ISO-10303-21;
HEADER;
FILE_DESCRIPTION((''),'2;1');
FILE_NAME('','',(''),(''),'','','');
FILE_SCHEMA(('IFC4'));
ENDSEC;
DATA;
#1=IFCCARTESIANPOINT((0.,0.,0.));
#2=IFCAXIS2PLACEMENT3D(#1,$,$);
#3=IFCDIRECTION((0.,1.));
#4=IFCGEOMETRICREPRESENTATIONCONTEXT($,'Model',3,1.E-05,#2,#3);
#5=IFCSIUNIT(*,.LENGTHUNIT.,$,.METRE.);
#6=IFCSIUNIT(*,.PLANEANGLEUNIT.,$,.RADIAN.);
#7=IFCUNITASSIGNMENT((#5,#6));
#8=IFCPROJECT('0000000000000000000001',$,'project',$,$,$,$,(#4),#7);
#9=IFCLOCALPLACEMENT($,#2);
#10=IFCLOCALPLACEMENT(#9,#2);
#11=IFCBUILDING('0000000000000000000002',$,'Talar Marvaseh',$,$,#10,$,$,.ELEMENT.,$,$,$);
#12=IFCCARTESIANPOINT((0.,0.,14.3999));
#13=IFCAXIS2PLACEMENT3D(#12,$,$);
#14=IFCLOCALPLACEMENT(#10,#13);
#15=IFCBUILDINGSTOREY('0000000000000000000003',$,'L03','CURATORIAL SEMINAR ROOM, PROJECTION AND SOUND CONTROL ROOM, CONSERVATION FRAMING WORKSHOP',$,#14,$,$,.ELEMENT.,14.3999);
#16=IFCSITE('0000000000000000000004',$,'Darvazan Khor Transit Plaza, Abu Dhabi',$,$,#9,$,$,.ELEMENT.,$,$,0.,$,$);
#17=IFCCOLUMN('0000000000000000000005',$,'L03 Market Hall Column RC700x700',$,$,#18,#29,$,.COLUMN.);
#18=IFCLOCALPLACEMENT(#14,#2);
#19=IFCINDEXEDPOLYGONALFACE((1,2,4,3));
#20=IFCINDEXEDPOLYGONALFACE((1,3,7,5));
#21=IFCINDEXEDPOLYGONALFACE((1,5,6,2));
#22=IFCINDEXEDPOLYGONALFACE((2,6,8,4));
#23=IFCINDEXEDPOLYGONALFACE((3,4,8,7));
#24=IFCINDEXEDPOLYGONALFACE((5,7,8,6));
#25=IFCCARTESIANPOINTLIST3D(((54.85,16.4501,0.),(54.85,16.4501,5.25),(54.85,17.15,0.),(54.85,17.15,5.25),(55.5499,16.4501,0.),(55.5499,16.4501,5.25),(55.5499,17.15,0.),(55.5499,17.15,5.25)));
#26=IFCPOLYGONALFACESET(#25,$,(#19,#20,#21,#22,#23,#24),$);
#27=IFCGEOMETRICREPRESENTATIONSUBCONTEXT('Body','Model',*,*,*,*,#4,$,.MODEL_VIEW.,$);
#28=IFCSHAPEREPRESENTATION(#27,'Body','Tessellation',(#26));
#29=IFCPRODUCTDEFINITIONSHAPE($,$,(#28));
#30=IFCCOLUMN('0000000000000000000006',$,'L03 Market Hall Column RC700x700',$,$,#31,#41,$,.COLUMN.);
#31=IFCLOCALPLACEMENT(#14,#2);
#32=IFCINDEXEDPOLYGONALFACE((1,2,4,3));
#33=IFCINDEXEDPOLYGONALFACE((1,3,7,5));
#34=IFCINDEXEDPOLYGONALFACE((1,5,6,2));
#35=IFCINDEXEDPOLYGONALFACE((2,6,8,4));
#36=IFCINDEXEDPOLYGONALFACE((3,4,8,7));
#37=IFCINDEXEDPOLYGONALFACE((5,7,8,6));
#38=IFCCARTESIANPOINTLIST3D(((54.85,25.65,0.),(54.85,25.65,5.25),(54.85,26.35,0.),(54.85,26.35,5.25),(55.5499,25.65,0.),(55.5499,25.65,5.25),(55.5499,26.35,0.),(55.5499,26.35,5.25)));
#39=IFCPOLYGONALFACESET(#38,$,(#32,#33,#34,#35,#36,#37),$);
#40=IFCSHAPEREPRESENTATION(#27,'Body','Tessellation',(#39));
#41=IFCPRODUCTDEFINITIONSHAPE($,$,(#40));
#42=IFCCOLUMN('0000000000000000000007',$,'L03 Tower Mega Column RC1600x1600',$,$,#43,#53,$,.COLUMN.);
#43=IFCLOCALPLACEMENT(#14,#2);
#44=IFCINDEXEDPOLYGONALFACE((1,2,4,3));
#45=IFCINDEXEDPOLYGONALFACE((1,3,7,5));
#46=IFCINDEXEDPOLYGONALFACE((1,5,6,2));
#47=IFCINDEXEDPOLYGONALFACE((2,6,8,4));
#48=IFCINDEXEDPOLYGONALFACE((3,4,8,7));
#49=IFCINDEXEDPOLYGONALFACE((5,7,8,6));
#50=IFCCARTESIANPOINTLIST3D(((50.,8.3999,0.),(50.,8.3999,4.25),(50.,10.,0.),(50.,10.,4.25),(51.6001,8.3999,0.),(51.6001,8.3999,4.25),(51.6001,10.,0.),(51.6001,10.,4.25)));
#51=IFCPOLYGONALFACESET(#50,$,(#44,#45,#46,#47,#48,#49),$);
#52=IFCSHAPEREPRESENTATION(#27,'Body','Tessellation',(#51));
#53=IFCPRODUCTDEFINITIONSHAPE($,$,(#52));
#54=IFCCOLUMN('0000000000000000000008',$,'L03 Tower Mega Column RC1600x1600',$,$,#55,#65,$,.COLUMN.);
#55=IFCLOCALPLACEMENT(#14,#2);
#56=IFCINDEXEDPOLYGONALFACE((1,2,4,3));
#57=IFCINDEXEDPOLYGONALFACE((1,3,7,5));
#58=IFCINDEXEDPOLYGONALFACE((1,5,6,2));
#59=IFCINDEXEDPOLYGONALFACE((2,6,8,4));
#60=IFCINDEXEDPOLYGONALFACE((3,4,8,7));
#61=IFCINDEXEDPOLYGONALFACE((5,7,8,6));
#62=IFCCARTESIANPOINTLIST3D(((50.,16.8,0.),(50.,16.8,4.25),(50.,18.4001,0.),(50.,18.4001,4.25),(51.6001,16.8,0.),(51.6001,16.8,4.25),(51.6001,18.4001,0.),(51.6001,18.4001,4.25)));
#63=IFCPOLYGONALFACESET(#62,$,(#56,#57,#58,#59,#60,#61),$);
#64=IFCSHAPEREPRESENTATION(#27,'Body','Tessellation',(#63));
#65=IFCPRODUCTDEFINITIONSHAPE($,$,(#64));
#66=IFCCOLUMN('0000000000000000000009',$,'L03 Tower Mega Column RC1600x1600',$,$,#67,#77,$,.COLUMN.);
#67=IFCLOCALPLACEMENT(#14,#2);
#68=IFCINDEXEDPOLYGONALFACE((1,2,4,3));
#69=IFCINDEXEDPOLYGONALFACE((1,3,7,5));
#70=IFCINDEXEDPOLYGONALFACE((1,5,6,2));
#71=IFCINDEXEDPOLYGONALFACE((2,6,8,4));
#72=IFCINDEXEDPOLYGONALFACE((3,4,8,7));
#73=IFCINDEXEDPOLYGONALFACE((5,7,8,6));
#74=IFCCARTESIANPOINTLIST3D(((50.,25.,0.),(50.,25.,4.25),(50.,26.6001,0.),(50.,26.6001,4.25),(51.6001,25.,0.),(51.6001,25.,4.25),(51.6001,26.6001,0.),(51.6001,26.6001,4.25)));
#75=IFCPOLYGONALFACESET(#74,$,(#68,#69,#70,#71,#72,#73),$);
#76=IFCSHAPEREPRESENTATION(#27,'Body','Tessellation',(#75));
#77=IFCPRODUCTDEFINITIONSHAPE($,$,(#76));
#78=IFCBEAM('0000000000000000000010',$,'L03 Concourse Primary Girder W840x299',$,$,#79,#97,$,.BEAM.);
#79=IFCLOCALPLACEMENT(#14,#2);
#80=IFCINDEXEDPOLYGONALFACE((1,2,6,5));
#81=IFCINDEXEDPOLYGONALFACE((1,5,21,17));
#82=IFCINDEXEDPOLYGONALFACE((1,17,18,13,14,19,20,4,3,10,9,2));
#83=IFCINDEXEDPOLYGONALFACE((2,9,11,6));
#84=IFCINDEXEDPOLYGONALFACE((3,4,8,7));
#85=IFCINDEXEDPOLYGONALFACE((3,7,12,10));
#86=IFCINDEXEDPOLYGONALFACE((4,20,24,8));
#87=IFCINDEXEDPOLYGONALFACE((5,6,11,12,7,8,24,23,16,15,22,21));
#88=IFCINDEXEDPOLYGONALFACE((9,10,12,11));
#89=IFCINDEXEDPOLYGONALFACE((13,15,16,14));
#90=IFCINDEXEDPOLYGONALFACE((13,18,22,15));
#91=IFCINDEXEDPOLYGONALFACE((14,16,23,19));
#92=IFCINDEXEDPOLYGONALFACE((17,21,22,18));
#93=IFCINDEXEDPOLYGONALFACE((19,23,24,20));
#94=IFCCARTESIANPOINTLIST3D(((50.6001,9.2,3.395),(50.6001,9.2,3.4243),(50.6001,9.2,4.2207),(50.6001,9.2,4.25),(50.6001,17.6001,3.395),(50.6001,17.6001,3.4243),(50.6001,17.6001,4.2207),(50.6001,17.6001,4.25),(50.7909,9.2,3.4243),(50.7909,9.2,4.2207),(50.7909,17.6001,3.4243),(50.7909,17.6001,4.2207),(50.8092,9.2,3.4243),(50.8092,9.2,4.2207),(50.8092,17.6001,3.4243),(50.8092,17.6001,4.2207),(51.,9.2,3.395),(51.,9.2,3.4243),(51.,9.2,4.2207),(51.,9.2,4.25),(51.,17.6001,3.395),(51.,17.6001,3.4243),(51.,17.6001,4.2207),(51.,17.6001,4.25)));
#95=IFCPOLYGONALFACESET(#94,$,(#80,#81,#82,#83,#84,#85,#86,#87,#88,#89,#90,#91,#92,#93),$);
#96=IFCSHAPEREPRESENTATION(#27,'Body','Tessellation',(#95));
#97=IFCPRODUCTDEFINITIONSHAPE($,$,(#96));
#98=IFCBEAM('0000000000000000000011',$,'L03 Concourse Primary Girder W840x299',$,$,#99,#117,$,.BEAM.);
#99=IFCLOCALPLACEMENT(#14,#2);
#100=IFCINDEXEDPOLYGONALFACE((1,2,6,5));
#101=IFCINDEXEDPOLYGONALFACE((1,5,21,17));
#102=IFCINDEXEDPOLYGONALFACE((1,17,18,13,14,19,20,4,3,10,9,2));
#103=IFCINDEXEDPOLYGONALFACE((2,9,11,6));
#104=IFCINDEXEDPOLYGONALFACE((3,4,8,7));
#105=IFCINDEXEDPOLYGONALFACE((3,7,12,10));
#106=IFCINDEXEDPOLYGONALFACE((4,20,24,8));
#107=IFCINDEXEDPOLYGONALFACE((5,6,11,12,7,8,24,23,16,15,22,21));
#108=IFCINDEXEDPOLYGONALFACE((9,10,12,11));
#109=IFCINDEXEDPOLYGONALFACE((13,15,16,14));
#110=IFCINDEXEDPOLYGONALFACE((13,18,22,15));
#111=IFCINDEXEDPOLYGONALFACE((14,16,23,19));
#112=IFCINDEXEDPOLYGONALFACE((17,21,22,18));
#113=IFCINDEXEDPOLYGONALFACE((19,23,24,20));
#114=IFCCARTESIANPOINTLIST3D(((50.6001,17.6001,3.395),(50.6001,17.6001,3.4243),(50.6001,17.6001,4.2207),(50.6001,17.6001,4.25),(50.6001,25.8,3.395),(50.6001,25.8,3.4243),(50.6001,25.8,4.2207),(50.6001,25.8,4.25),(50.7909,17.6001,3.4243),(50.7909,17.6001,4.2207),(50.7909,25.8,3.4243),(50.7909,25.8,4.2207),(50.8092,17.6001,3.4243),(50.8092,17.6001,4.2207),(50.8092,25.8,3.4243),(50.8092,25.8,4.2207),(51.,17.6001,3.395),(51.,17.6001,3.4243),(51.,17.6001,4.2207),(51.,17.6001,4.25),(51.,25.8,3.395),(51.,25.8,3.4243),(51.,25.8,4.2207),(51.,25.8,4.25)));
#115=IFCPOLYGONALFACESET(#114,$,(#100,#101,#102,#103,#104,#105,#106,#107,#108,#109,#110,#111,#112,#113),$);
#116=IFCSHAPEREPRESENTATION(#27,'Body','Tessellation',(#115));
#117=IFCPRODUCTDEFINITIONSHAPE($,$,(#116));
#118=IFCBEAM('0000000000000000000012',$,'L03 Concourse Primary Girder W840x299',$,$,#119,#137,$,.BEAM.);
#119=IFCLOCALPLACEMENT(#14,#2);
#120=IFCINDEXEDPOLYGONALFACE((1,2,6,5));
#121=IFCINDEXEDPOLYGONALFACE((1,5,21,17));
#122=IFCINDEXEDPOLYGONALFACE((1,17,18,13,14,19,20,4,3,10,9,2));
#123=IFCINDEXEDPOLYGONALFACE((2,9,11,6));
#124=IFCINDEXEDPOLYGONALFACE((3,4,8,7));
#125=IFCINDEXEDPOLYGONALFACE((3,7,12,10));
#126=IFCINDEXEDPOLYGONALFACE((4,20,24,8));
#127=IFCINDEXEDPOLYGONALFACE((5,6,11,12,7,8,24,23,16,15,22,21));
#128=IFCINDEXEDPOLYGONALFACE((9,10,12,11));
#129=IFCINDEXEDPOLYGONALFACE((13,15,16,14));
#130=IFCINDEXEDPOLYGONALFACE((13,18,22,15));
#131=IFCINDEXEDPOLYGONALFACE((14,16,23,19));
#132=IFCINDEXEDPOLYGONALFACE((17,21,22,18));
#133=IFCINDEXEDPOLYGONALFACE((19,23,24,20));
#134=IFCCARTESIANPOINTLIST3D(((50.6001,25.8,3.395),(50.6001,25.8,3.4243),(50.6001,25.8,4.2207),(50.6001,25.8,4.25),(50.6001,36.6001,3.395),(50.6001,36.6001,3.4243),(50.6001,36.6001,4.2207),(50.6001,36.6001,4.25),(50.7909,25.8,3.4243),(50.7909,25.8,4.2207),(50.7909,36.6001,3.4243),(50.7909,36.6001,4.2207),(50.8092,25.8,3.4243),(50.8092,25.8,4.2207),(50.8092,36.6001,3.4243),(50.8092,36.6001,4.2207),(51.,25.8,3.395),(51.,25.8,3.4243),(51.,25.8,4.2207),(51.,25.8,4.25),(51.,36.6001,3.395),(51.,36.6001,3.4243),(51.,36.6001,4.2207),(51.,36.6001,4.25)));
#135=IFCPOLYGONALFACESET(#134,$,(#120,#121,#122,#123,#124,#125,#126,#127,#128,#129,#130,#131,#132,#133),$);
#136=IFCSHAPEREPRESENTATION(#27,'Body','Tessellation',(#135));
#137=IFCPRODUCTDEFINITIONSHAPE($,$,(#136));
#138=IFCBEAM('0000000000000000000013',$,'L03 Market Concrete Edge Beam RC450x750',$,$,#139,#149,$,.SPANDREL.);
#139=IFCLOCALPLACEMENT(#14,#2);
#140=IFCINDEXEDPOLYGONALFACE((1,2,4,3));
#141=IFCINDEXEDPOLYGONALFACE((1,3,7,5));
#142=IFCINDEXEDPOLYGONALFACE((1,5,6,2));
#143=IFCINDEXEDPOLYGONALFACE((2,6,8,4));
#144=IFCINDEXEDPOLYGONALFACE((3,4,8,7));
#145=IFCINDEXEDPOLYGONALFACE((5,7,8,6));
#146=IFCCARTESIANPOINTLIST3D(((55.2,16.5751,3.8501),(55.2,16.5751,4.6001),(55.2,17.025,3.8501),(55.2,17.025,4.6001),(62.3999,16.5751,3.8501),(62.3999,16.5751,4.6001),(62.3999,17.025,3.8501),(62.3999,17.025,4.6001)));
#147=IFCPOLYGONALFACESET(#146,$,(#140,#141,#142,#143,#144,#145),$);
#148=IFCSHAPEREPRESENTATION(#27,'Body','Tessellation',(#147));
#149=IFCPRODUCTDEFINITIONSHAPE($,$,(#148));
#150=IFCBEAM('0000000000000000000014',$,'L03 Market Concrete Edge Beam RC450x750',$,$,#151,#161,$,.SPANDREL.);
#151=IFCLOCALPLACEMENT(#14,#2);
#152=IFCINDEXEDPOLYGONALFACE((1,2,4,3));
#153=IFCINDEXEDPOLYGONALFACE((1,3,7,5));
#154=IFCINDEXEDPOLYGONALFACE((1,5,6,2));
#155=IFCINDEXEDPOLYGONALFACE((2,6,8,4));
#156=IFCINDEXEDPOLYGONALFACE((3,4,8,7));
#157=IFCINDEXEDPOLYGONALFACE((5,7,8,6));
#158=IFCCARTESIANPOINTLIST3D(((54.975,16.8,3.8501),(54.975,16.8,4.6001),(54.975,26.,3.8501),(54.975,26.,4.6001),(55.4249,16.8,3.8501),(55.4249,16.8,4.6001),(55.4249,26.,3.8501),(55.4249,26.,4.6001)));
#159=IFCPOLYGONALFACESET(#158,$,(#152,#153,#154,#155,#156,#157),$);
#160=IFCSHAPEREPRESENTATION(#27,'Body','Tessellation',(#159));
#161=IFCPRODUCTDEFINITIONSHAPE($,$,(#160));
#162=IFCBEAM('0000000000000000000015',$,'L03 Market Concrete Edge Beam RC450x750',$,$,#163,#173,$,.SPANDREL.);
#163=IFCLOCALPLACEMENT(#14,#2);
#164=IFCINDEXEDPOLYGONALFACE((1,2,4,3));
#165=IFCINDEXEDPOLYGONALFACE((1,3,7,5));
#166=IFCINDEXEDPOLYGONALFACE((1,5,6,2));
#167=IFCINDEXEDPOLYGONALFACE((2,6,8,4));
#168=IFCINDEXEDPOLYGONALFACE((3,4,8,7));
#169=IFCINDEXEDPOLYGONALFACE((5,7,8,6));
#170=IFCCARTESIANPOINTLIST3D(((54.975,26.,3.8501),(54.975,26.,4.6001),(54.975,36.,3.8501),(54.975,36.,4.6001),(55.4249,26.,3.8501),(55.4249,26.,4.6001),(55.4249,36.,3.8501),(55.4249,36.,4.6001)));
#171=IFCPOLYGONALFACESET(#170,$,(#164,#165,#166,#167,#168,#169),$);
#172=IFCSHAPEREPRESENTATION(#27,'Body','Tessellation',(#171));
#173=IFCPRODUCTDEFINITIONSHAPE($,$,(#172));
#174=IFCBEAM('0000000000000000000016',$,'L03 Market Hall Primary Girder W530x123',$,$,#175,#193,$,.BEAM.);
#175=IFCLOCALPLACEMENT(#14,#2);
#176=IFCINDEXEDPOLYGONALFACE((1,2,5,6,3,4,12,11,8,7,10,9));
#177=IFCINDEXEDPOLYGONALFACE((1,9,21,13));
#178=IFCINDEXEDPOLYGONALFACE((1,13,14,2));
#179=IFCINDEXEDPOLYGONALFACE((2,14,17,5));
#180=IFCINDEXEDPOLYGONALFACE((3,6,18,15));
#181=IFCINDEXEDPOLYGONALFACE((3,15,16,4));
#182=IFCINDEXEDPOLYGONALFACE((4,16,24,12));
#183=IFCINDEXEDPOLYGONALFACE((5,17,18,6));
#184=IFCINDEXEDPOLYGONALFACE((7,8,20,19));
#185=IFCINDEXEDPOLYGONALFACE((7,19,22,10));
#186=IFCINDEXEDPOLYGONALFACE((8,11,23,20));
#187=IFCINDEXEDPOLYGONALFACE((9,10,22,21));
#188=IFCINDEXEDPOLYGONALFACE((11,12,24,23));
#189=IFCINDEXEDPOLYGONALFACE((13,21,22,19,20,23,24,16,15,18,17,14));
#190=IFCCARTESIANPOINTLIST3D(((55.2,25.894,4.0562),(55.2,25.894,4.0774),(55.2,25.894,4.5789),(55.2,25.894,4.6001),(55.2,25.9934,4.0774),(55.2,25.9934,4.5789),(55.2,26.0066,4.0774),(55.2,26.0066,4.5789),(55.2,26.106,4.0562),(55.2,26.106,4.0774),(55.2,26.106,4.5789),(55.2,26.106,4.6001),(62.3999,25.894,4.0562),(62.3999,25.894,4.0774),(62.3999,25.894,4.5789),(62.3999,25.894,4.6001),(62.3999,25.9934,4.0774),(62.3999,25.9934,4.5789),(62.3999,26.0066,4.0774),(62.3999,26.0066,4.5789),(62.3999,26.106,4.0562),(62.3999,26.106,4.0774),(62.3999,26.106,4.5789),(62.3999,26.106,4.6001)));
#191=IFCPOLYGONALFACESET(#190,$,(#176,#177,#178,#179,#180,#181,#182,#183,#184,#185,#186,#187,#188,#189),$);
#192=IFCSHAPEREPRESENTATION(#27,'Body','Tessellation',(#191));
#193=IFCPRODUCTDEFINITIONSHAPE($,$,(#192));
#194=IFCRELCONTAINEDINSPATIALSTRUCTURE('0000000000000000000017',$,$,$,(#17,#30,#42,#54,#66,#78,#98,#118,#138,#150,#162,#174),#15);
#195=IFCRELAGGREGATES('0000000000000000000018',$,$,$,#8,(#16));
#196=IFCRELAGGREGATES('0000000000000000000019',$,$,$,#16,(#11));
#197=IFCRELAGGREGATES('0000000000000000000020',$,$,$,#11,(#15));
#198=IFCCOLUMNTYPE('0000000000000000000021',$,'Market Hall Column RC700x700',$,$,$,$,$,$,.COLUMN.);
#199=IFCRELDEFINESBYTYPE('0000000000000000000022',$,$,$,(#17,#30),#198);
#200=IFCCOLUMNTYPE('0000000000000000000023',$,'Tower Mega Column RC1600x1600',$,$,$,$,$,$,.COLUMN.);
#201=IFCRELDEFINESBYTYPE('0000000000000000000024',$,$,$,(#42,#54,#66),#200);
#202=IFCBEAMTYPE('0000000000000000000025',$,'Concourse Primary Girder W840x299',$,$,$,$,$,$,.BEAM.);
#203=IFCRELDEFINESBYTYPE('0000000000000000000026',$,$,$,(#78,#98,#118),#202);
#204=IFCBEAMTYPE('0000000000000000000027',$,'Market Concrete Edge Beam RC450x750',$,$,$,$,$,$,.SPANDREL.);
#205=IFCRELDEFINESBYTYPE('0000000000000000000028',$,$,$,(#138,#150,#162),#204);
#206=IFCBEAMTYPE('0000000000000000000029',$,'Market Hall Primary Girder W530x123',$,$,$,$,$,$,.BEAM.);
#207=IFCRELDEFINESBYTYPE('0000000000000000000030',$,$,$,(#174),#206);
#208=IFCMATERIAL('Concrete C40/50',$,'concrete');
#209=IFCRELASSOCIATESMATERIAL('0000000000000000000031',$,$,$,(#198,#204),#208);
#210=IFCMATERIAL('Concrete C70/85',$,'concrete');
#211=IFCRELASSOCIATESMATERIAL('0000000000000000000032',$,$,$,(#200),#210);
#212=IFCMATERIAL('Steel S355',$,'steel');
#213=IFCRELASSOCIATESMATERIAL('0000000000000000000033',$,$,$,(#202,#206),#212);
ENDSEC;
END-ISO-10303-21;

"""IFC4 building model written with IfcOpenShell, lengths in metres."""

from ifc_helpers import new_model, si_unit, direction, frame, origin, origin_2d, place, context, subcontext, project, spatial, rectangle, i_section, extrude, material, material_profile, profile_set, type_object, element, save


model = new_model("IFC4")

# Units and contexts
model_context = context("Model", 3, precision=1e-05, world=origin(), true_north=direction((0.0, 1.0)))
body_context = subcontext(model_context, "Body", "Model", "MODEL_VIEW")
ifc_project = project(units=[si_unit("LENGTHUNIT", "METRE"), si_unit("PLANEANGLEUNIT", "RADIAN")], contexts=[model_context])

# Site, building, storey
site_placement = place(None, origin())
site = spatial("IfcSite", under=ifc_project, at=site_placement, Name="Darvazan Khor Transit Plaza, Abu Dhabi", CompositionType="ELEMENT", RefElevation=0.0)
building_placement = place(site_placement, origin())
building = spatial("IfcBuilding", under=site, at=building_placement, Name="Talar Marvaseh", CompositionType="ELEMENT")
storey_placement = place(building_placement, frame((0.0, 0.0, 14.3999)))
storey = spatial("IfcBuildingStorey", under=building, at=storey_placement, Name="L03", Description="CURATORIAL SEMINAR ROOM, PROJECTION AND SOUND CONTROL ROOM, CONSERVATION FRAMING WORKSHOP", CompositionType="ELEMENT", Elevation=14.3999)

# Columns
ifc_material_1 = material(Name="Concrete C40/50", Category="concrete")
ifc_material_profile_1 = material_profile(ifc_material_1, rectangle(XDim=0.7, YDim=0.7, at=origin_2d()), Name="RC700x700")
ifc_profile_set_1 = profile_set([ifc_material_profile_1], Name="Concrete C40/50")
column_type_1 = type_object("IfcColumnType", Name="Market Hall Column RC700x700", PredefinedType="COLUMN", material=ifc_profile_set_1)
for number, where, z_axis, x_axis, name in (
    (1, (55.2, 16.8, 0.0), (0.0, 0.0, 1.0), (1.0, 0.0, 0.0), "L03 Market Hall Column RC700x700"),
    (2, (55.2, 26.0, 0.0), (0.0, 0.0, 1.0), (1.0, 0.0, 0.0), "L03 Market Hall Column RC700x700"),
):
    element("IfcColumn", number, at=place(storey_placement, frame(where, z_axis=z_axis, x_axis=x_axis)), inside=storey, type_object=column_type_1, Name=name, PredefinedType="COLUMN", context=body_context, shape_type="SweptSolid", body=[
        extrude(rectangle(XDim=0.7, YDim=0.7, at=origin_2d()), origin(), (0.0, 0.0, 1.0), 5.25),
    ])
ifc_material_2 = material(Name="Concrete C70/85", Category="concrete")
ifc_material_profile_2 = material_profile(ifc_material_2, rectangle(XDim=1.6001, YDim=1.6001, at=origin_2d()), Name="RC1600x1600")
ifc_profile_set_2 = profile_set([ifc_material_profile_2], Name="Concrete C70/85")
column_type_2 = type_object("IfcColumnType", Name="Tower Mega Column RC1600x1600", PredefinedType="COLUMN", material=ifc_profile_set_2)
for number, where, z_axis, x_axis, name in (
    (3, (50.8, 9.2, 0.0), (0.0, 0.0, 1.0), (1.0, 0.0, 0.0), "L03 Tower Mega Column RC1600x1600"),
    (4, (50.8, 17.6001, 0.0), (0.0, 0.0, 1.0), (1.0, 0.0, 0.0), "L03 Tower Mega Column RC1600x1600"),
    (5, (50.8, 25.8, 0.0), (0.0, 0.0, 1.0), (1.0, 0.0, 0.0), "L03 Tower Mega Column RC1600x1600"),
):
    element("IfcColumn", number, at=place(storey_placement, frame(where, z_axis=z_axis, x_axis=x_axis)), inside=storey, type_object=column_type_2, Name=name, PredefinedType="COLUMN", context=body_context, shape_type="SweptSolid", body=[
        extrude(rectangle(XDim=1.6001, YDim=1.6001, at=origin_2d()), origin(), (0.0, 0.0, 1.0), 4.25),
    ])

# Beams
ifc_material_3 = material(Name="Steel S355", Category="steel")
ifc_material_profile_3 = material_profile(ifc_material_3, i_section(OverallWidth=0.3999, OverallDepth=0.855, WebThickness=0.0183, FlangeThickness=0.0293, at=origin_2d()), Name="W840x299")
ifc_profile_set_3 = profile_set([ifc_material_profile_3], Name="Steel S355")
beam_type_1 = type_object("IfcBeamType", Name="Concourse Primary Girder W840x299", PredefinedType="BEAM", material=ifc_profile_set_3)
beam_1_placement = place(storey_placement, frame((50.8, 9.2, 3.8225), z_axis=(0.0, 1.0, 0.0), x_axis=(-1.0, 0.0, 0.0)))
element("IfcBeam", 6, at=beam_1_placement, inside=storey, type_object=beam_type_1, Name="L03 Concourse Primary Girder W840x299", PredefinedType="BEAM", context=body_context, shape_type="SweptSolid", body=[
    extrude(i_section(OverallWidth=0.3999, OverallDepth=0.855, WebThickness=0.0183, FlangeThickness=0.0293, at=origin_2d()), origin(), (0.0, 0.0, 1.0), 8.4001),
])
beam_2_placement = place(storey_placement, frame((50.8, 17.6001, 3.8225), z_axis=(0.0, 1.0, 0.0), x_axis=(-1.0, 0.0, 0.0)))
element("IfcBeam", 7, at=beam_2_placement, inside=storey, type_object=beam_type_1, Name="L03 Concourse Primary Girder W840x299", PredefinedType="BEAM", context=body_context, shape_type="SweptSolid", body=[
    extrude(i_section(OverallWidth=0.3999, OverallDepth=0.855, WebThickness=0.0183, FlangeThickness=0.0293, at=origin_2d()), origin(), (0.0, 0.0, 1.0), 8.2),
])
beam_3_placement = place(storey_placement, frame((50.8, 25.8, 3.8225), z_axis=(0.0, 1.0, 0.0), x_axis=(-1.0, 0.0, 0.0)))
element("IfcBeam", 8, at=beam_3_placement, inside=storey, type_object=beam_type_1, Name="L03 Concourse Primary Girder W840x299", PredefinedType="BEAM", context=body_context, shape_type="SweptSolid", body=[
    extrude(i_section(OverallWidth=0.3999, OverallDepth=0.855, WebThickness=0.0183, FlangeThickness=0.0293, at=origin_2d()), origin(), (0.0, 0.0, 1.0), 10.8),
])
ifc_material_profile_4 = material_profile(ifc_material_1, rectangle(XDim=0.45, YDim=0.75, at=origin_2d()), Name="RC450x750")
ifc_profile_set_4 = profile_set([ifc_material_profile_4], Name="Concrete C40/50")
beam_type_2 = type_object("IfcBeamType", Name="Market Concrete Edge Beam RC450x750", PredefinedType="SPANDREL", material=ifc_profile_set_4)
beam_4_placement = place(storey_placement, frame((55.2, 16.8, 4.2251), z_axis=(1.0, 0.0, 0.0), x_axis=(0.0, 1.0, 0.0)))
element("IfcBeam", 9, at=beam_4_placement, inside=storey, type_object=beam_type_2, Name="L03 Market Concrete Edge Beam RC450x750", PredefinedType="SPANDREL", context=body_context, shape_type="SweptSolid", body=[
    extrude(rectangle(XDim=0.45, YDim=0.75, at=origin_2d()), origin(), (0.0, 0.0, 1.0), 7.2),
])
beam_5_placement = place(storey_placement, frame((55.2, 16.8, 4.2251), z_axis=(0.0, 1.0, 0.0), x_axis=(-1.0, 0.0, 0.0)))
element("IfcBeam", 10, at=beam_5_placement, inside=storey, type_object=beam_type_2, Name="L03 Market Concrete Edge Beam RC450x750", PredefinedType="SPANDREL", context=body_context, shape_type="SweptSolid", body=[
    extrude(rectangle(XDim=0.45, YDim=0.75, at=origin_2d()), origin(), (0.0, 0.0, 1.0), 9.2),
])
beam_6_placement = place(storey_placement, frame((55.2, 26.0, 4.2251), z_axis=(0.0, 1.0, 0.0), x_axis=(-1.0, 0.0, 0.0)))
element("IfcBeam", 11, at=beam_6_placement, inside=storey, type_object=beam_type_2, Name="L03 Market Concrete Edge Beam RC450x750", PredefinedType="SPANDREL", context=body_context, shape_type="SweptSolid", body=[
    extrude(rectangle(XDim=0.45, YDim=0.75, at=origin_2d()), origin(), (0.0, 0.0, 1.0), 10.0),
])
ifc_material_profile_5 = material_profile(ifc_material_3, i_section(OverallWidth=0.2119, OverallDepth=0.5439, WebThickness=0.0132, FlangeThickness=0.0212, at=origin_2d()), Name="W530x123")
ifc_profile_set_5 = profile_set([ifc_material_profile_5], Name="Steel S355")
beam_type_3 = type_object("IfcBeamType", Name="Market Hall Primary Girder W530x123", PredefinedType="BEAM", material=ifc_profile_set_5)
beam_7_placement = place(storey_placement, frame((55.2, 26.0, 4.3281), z_axis=(1.0, 0.0, 0.0), x_axis=(0.0, 1.0, 0.0)))
element("IfcBeam", 12, at=beam_7_placement, inside=storey, type_object=beam_type_3, Name="L03 Market Hall Primary Girder W530x123", PredefinedType="BEAM", context=body_context, shape_type="SweptSolid", body=[
    extrude(i_section(OverallWidth=0.2119, OverallDepth=0.5439, WebThickness=0.0132, FlangeThickness=0.0212, at=origin_2d()), origin(), (0.0, 0.0, 1.0), 7.2),
])

save(model, "model.ifc")
